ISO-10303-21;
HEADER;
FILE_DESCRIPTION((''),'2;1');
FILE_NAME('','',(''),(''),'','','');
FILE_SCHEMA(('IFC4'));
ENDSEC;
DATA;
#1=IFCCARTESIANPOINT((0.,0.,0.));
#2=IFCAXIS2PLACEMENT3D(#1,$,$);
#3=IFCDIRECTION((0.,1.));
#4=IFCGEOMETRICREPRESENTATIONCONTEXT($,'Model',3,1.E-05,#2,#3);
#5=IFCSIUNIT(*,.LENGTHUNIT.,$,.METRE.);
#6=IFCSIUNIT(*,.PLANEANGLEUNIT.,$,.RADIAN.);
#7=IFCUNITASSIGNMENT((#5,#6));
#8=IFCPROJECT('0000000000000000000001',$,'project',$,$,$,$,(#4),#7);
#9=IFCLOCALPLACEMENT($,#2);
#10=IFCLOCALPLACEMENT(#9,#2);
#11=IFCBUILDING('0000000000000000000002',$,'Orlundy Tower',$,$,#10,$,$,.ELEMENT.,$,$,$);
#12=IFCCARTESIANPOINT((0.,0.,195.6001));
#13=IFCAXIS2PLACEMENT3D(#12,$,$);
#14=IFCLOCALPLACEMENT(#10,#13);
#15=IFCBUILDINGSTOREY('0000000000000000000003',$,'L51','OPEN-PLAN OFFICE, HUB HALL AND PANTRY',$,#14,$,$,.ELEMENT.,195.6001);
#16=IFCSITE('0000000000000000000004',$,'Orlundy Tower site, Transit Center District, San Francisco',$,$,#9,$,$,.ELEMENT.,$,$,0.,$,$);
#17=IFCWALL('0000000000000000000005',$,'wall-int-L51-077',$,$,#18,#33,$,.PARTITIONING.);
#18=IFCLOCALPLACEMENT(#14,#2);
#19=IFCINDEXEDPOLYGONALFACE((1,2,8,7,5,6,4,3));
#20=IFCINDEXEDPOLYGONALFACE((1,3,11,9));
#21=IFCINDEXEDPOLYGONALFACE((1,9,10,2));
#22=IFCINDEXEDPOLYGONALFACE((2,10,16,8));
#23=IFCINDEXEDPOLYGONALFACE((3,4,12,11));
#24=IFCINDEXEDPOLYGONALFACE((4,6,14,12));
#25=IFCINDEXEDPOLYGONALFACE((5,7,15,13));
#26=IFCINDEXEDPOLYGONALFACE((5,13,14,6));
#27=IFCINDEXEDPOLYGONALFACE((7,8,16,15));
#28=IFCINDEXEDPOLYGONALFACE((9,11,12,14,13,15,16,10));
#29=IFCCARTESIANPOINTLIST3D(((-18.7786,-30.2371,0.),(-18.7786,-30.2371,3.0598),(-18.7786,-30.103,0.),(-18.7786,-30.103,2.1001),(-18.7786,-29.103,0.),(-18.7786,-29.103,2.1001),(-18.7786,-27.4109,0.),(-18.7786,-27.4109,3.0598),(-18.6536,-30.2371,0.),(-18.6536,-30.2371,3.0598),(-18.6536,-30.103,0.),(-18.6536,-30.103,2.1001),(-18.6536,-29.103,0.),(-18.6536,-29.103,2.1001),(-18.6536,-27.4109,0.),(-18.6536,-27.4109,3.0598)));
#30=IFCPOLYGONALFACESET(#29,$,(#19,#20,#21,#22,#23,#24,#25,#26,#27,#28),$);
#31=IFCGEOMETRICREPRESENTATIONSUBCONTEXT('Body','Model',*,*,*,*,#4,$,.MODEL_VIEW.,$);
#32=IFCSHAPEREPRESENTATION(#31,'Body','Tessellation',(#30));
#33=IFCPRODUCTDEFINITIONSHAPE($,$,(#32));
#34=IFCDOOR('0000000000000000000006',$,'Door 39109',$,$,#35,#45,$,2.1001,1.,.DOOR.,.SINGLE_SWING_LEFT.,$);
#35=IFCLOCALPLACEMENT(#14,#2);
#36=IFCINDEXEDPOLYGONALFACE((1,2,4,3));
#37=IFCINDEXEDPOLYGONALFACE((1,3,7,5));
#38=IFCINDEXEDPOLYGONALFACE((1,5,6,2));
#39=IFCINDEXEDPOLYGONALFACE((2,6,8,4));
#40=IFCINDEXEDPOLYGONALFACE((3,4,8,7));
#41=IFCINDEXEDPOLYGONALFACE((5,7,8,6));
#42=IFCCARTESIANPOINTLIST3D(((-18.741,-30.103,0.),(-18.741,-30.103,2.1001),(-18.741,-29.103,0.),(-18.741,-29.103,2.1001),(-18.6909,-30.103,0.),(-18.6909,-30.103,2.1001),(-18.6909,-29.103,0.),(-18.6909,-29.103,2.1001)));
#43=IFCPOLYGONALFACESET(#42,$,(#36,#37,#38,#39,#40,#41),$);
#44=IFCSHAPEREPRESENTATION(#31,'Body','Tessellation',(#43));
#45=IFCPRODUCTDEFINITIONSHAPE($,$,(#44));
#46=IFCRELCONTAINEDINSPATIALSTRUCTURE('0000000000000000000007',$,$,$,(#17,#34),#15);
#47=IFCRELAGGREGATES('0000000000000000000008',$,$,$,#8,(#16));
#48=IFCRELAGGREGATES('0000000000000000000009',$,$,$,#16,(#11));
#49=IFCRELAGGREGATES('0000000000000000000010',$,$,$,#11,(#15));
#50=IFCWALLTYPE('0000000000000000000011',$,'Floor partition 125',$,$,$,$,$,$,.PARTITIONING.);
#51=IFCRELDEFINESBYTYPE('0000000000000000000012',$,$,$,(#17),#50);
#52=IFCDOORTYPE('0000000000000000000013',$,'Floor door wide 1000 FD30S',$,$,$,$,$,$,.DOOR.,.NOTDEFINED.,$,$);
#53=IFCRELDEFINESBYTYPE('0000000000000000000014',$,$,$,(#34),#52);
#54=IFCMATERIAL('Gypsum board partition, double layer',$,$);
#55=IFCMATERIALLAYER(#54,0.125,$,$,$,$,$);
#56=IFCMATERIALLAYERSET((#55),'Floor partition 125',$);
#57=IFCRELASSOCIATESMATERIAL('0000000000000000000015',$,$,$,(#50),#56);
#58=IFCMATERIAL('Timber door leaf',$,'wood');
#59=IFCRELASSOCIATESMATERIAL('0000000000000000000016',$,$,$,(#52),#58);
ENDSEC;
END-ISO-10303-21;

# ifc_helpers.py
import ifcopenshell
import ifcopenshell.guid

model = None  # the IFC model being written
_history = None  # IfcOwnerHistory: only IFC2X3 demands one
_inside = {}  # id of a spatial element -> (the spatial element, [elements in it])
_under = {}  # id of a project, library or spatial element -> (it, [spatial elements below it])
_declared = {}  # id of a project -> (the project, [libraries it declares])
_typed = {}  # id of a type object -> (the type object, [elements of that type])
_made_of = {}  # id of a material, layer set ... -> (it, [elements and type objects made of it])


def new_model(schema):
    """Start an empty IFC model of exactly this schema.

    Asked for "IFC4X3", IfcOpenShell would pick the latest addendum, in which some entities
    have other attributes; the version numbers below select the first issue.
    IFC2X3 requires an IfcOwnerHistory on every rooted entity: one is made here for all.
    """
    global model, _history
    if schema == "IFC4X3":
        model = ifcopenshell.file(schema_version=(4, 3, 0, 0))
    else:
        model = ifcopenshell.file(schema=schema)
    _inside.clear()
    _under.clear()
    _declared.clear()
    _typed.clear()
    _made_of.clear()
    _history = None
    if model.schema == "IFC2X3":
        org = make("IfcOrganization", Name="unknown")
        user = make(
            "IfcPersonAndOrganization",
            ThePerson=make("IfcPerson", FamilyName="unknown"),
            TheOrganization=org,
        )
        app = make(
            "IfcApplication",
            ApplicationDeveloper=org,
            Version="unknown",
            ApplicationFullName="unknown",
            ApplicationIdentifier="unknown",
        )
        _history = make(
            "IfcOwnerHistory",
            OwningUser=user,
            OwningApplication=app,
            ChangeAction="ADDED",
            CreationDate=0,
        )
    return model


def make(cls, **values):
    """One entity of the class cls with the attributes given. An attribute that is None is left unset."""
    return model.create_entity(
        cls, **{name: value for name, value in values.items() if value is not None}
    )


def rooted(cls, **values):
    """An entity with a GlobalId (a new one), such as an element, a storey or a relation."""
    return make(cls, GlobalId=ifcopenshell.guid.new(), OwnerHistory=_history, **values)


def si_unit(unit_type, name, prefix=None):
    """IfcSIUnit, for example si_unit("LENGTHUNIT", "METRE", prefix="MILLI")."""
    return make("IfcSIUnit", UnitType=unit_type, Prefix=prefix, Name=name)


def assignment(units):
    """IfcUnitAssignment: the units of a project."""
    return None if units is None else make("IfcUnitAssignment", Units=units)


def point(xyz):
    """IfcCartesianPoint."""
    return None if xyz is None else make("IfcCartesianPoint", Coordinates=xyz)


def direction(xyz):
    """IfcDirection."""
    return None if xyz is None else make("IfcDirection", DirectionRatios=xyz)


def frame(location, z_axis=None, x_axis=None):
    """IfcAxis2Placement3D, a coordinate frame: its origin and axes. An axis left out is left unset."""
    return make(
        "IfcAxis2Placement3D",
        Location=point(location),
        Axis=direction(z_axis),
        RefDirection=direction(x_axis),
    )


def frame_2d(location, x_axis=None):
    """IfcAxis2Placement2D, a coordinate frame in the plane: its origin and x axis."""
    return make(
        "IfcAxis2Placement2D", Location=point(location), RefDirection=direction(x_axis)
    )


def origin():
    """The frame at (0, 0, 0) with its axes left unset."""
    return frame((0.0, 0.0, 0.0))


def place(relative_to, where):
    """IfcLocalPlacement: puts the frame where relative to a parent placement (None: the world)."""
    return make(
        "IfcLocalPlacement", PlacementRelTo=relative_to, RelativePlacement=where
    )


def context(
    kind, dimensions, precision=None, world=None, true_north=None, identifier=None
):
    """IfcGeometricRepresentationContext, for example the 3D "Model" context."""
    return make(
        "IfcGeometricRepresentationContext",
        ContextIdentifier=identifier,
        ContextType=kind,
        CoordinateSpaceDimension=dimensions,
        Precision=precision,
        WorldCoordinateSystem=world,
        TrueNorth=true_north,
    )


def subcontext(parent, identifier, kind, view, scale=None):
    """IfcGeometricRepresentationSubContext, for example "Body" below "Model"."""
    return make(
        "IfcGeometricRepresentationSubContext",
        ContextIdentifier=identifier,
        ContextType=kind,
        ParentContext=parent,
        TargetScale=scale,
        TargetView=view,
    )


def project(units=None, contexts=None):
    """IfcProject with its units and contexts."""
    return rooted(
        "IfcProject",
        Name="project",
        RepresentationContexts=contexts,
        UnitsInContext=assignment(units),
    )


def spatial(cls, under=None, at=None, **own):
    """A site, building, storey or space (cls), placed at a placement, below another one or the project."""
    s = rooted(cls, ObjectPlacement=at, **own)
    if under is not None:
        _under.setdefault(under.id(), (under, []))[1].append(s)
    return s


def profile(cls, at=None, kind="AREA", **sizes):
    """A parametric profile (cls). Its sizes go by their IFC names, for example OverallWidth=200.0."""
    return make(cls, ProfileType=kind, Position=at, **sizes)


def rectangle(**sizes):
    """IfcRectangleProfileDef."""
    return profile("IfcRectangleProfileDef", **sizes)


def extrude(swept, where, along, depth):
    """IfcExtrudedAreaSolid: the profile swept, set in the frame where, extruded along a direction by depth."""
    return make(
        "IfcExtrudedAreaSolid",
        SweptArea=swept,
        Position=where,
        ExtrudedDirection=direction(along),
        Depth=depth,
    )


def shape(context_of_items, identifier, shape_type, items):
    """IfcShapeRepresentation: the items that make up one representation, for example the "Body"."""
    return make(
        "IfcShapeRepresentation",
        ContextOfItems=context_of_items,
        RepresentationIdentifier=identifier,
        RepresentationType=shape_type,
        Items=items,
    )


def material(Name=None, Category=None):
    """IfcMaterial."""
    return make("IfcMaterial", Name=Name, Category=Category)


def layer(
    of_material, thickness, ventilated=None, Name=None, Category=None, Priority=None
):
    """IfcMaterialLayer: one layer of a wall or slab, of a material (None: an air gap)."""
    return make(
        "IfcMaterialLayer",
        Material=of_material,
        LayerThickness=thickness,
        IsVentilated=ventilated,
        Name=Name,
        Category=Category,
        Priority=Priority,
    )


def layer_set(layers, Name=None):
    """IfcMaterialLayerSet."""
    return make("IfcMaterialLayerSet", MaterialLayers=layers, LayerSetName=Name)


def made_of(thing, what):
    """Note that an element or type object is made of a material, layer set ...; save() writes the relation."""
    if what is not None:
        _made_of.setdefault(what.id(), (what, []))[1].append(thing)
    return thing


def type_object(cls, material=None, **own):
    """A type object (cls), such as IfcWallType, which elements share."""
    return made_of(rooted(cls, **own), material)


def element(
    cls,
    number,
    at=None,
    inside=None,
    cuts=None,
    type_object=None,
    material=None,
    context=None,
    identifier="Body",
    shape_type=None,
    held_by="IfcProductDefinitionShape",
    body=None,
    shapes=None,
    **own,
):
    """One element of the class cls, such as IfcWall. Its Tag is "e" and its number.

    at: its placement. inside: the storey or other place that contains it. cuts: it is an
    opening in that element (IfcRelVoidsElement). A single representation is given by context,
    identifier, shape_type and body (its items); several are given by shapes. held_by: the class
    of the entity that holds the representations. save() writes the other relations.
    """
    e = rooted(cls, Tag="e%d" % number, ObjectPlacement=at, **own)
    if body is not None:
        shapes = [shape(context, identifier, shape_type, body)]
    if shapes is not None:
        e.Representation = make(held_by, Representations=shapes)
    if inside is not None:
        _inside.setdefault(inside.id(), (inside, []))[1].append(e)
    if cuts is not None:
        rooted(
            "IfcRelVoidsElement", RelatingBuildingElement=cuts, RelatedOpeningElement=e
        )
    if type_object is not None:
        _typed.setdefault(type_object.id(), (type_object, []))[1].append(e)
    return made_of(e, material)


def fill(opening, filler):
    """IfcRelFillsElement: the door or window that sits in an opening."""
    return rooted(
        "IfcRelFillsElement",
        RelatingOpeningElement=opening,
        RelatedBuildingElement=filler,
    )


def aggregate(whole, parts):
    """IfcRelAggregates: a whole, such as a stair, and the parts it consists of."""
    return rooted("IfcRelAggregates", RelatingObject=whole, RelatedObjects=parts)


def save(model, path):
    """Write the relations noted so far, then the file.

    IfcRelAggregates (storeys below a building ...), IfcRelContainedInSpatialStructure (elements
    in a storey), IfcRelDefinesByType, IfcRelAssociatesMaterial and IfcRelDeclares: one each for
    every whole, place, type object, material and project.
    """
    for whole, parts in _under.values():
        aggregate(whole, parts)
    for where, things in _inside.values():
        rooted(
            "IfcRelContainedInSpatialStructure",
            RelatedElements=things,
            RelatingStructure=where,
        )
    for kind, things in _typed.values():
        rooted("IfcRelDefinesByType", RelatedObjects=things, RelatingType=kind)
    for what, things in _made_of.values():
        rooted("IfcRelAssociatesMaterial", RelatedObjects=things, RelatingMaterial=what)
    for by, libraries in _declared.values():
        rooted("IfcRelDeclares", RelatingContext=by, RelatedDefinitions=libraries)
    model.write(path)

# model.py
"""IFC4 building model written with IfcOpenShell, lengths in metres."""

from ifc_helpers import new_model, si_unit, direction, frame, frame_2d, origin, place, context, subcontext, project, spatial, rectangle, extrude, material, layer, layer_set, type_object, element, fill, save


model = new_model("IFC4")

# Units and contexts
model_context = context("Model", 3, precision=1e-05, world=origin(), true_north=direction((0.0, 1.0)))
body_context = subcontext(model_context, "Body", "Model", "MODEL_VIEW")
ifc_project = project(units=[si_unit("LENGTHUNIT", "METRE"), si_unit("PLANEANGLEUNIT", "RADIAN")], contexts=[model_context])

# Site, building, storey
site_placement = place(None, origin())
site = spatial("IfcSite", under=ifc_project, at=site_placement, Name="Orlundy Tower site, Transit Center District, San Francisco", CompositionType="ELEMENT", RefElevation=0.0)
building_placement = place(site_placement, origin())
building = spatial("IfcBuilding", under=site, at=building_placement, Name="Orlundy Tower", CompositionType="ELEMENT")
storey_placement = place(building_placement, frame((0.0, 0.0, 195.6001)))
storey = spatial("IfcBuildingStorey", under=building, at=storey_placement, Name="L51", Description="OPEN-PLAN OFFICE, HUB HALL AND PANTRY", CompositionType="ELEMENT", Elevation=195.6001)

# Shared definitions
ifc_material_1 = material(Name="Gypsum board partition, double layer")
ifc_layer_1 = layer(ifc_material_1, 0.125)
ifc_layer_set_1 = layer_set([ifc_layer_1], Name="Floor partition 125")
wall_type_1 = type_object("IfcWallType", Name="Floor partition 125", PredefinedType="PARTITIONING", material=ifc_layer_set_1)

# Wall, opening, door
wall_1_placement = place(storey_placement, frame((-18.7161, -30.2371, 0.0), z_axis=(0.0, 0.0, 1.0), x_axis=(0.0, 1.0, 0.0)))
wall_1 = element("IfcWall", 1, at=wall_1_placement, inside=storey, type_object=wall_type_1, Name="wall-int-L51-077", PredefinedType="PARTITIONING", context=body_context, shape_type="SweptSolid", body=[
    extrude(rectangle(XDim=2.8262, YDim=0.125, at=frame_2d((1.4131, 0.0))), origin(), (0.0, 0.0, 1.0), 3.0598),
])
opening_1_placement = place(wall_1_placement, frame((0.134, 0.0, 0.0)))
opening_1 = element("IfcOpeningElement", 2, at=opening_1_placement, cuts=wall_1, PredefinedType="OPENING", context=body_context, shape_type="SweptSolid", body=[
    extrude(rectangle(XDim=1.0, YDim=2.1001, at=frame_2d((0.5, 1.05))), frame((0.0, 0.0725, 0.0), z_axis=(0.0, -1.0, 0.0), x_axis=(1.0, 0.0, 0.0)), (0.0, 0.0, 1.0), 0.145),
])
ifc_material_2 = material(Name="Timber door leaf", Category="wood")
door_type_1 = type_object("IfcDoorType", Name="Floor door wide 1000 FD30S", OperationType="NOTDEFINED", PredefinedType="DOOR", material=ifc_material_2)
door_1_placement = place(opening_1_placement, origin())
door_1 = element("IfcDoor", 3, at=door_1_placement, inside=storey, type_object=door_type_1, Name="Door 39109", OperationType="SINGLE_SWING_LEFT", OverallHeight=2.1001, OverallWidth=1.0, PredefinedType="DOOR", context=body_context, shape_type="SweptSolid", body=[
    extrude(rectangle(XDim=1.0, YDim=2.1001, at=frame_2d((0.5, 1.05))), frame((0.0, 0.0249, 0.0), z_axis=(0.0, -1.0, 0.0), x_axis=(1.0, 0.0, 0.0)), (0.0, 0.0, 1.0), 0.05),
])
fill(opening_1, door_1)

save(model, "model.ifc")
